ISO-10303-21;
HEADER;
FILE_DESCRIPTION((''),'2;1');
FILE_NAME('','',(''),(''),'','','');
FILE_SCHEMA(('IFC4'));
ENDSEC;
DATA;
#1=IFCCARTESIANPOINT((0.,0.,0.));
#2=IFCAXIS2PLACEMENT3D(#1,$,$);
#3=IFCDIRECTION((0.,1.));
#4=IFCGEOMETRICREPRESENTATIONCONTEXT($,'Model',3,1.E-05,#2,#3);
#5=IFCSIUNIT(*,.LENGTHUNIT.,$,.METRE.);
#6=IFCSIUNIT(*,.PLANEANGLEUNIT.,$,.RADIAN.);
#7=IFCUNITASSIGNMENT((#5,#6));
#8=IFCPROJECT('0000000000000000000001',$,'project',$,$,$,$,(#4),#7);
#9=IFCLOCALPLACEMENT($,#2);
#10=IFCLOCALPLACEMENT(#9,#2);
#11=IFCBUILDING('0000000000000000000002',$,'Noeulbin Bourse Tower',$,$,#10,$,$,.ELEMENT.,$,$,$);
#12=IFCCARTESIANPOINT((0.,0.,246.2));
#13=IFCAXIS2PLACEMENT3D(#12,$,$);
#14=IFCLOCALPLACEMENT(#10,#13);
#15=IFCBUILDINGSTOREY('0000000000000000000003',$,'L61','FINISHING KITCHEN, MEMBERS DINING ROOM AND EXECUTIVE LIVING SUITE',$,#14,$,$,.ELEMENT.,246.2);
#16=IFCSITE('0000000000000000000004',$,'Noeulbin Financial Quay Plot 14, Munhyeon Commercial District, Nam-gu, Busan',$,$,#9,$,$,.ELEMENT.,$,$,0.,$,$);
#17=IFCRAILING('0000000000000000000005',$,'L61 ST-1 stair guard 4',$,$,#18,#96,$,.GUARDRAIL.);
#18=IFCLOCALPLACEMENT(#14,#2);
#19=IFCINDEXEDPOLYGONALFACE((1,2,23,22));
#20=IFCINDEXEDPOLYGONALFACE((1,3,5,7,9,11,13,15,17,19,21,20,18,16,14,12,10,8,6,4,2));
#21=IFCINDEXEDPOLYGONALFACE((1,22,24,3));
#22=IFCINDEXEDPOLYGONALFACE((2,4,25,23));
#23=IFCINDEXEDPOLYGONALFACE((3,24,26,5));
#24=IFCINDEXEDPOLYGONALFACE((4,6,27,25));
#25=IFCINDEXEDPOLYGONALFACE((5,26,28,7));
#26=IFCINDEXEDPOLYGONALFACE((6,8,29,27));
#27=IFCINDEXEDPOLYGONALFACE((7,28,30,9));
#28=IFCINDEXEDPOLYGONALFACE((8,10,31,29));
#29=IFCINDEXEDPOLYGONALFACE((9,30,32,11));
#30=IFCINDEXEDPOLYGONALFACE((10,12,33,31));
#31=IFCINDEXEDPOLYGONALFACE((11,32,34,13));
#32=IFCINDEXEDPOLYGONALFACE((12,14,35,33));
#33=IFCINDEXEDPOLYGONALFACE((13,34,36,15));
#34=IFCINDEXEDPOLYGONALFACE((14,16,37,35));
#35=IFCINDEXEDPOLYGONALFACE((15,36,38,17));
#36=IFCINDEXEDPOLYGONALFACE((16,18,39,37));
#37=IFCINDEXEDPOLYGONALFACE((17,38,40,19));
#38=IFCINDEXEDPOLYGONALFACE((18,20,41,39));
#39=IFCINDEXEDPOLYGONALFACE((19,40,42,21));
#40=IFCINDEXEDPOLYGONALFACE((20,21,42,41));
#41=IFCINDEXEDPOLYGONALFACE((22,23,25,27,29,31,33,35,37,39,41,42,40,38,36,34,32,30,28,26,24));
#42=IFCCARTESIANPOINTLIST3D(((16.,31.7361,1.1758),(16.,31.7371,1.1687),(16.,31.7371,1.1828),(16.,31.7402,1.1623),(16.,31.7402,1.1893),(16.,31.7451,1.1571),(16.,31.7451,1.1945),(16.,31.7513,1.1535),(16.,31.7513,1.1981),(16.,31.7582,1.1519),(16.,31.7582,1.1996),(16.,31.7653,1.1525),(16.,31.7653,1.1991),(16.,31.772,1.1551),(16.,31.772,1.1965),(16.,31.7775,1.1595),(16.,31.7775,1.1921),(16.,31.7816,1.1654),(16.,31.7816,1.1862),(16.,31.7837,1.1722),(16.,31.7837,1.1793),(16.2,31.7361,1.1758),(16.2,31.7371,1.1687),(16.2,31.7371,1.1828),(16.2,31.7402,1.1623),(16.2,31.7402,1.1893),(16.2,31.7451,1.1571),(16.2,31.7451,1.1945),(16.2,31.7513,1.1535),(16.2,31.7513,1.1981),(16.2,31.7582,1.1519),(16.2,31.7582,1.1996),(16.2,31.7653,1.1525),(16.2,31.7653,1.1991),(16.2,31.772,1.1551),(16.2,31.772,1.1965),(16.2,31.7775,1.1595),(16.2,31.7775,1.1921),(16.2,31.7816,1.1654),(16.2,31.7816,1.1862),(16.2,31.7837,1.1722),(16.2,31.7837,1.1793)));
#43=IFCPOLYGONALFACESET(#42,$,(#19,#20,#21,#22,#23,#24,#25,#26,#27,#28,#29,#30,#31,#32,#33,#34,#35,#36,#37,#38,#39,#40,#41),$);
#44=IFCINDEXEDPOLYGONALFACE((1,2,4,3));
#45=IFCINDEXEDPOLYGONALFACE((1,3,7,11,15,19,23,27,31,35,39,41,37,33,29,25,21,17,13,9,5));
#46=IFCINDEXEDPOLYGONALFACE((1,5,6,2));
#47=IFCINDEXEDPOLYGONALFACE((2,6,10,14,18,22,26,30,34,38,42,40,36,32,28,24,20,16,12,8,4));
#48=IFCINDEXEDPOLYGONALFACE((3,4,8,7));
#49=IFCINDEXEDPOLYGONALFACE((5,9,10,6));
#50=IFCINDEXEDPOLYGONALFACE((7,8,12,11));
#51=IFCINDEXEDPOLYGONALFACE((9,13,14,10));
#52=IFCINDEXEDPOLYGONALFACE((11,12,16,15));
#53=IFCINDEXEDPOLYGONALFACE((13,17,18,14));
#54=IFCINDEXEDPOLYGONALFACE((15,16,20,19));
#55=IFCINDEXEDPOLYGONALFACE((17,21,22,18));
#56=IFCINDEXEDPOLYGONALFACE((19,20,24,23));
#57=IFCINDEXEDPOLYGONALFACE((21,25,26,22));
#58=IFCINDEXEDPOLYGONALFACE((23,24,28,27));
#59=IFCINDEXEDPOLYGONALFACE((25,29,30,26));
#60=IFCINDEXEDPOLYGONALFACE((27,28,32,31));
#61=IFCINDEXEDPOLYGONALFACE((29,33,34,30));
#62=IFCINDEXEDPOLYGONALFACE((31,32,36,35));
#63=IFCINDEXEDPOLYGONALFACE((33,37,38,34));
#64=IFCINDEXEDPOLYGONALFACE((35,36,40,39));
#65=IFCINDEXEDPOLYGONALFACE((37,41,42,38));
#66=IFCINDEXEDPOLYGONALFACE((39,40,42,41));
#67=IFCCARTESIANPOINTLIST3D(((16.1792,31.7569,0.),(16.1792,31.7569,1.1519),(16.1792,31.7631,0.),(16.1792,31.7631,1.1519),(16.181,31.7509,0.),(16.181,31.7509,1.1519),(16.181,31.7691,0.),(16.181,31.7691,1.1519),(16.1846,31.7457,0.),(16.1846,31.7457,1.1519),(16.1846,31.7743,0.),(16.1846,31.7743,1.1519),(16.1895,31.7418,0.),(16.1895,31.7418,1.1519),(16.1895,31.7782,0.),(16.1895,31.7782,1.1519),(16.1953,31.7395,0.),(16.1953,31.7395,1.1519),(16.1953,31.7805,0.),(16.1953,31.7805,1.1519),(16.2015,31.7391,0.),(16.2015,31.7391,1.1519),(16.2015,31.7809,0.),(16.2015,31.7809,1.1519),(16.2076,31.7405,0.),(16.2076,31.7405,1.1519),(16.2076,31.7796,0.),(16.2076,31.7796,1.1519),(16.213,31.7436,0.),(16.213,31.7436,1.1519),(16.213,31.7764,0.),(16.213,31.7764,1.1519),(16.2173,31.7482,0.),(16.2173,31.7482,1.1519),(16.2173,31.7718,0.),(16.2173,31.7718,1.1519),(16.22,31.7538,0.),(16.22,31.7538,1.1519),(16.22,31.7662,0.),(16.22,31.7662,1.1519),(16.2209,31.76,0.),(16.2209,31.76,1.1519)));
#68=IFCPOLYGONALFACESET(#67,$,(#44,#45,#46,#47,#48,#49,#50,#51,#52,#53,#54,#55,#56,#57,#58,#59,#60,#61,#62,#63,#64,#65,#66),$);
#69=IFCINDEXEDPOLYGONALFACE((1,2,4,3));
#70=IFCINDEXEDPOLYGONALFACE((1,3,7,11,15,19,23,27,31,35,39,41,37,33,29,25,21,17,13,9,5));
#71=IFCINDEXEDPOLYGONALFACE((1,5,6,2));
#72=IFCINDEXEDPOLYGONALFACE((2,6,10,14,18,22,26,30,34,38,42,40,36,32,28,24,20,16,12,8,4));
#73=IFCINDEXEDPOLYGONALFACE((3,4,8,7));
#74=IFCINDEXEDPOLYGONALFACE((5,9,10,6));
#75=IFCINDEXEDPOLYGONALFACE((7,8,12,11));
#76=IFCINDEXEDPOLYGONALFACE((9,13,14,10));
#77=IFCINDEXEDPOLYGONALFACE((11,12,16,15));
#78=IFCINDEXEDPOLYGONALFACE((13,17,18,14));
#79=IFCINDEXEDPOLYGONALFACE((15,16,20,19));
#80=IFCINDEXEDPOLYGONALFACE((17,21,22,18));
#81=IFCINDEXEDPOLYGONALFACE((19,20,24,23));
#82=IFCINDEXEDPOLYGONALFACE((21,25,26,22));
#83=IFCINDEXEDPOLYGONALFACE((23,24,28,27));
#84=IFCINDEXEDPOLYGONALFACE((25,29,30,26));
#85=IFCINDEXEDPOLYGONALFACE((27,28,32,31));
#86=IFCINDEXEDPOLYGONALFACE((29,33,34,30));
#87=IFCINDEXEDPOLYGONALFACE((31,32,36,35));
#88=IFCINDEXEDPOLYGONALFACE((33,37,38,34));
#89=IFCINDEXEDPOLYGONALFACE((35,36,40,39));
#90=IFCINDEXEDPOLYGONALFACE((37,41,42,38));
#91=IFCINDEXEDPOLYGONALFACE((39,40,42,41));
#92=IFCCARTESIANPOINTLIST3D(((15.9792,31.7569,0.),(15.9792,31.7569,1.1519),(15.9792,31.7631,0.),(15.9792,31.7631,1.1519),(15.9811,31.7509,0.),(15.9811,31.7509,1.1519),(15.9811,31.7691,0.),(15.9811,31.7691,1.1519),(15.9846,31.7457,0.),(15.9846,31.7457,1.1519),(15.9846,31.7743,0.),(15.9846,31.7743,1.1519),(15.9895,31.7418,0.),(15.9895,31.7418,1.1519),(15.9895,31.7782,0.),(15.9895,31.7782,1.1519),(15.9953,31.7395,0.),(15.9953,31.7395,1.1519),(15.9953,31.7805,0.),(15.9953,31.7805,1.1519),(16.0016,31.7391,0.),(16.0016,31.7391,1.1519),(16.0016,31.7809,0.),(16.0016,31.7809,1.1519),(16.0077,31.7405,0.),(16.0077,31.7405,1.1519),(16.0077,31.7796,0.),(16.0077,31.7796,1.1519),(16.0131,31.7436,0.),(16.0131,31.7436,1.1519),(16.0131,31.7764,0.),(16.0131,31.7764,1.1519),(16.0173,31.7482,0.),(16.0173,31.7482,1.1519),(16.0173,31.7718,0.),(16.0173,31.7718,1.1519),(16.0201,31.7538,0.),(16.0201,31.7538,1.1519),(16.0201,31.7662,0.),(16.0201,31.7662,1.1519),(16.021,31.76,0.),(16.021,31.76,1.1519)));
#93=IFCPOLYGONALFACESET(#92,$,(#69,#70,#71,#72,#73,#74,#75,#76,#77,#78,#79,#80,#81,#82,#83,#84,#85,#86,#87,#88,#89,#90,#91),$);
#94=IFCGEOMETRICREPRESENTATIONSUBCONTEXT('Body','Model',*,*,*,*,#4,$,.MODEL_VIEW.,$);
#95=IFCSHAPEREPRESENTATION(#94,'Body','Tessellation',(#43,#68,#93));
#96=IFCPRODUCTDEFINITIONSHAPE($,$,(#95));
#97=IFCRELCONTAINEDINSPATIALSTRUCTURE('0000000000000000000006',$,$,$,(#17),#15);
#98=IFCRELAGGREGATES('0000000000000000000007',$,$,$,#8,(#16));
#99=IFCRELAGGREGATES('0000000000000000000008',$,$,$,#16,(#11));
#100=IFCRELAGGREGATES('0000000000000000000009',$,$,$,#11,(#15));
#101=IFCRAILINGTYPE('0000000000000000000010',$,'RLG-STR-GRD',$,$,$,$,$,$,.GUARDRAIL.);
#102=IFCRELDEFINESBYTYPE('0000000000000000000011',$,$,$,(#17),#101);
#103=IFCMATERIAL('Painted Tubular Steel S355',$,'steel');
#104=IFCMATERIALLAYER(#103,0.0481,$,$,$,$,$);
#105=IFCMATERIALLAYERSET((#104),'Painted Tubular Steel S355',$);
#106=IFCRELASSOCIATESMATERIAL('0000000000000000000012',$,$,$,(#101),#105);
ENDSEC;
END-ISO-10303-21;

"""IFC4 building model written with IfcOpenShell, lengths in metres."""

from ifc_helpers import new_model, si_unit, direction, frame, origin, origin_2d, place, context, subcontext, project, spatial, circle, extrude, material, layer, layer_set, type_object, element, save


model = new_model("IFC4")

# Units and contexts
model_context = context("Model", 3, precision=1e-05, world=origin(), true_north=direction((0.0, 1.0)))
body_context = subcontext(model_context, "Body", "Model", "MODEL_VIEW")
ifc_project = project(units=[si_unit("LENGTHUNIT", "METRE"), si_unit("PLANEANGLEUNIT", "RADIAN")], contexts=[model_context])

# Site, building, storey
site_placement = place(None, origin())
site = spatial("IfcSite", under=ifc_project, at=site_placement, Name="Noeulbin Financial Quay Plot 14, Munhyeon Commercial District, Nam-gu, Busan", CompositionType="ELEMENT", RefElevation=0.0)
building_placement = place(site_placement, origin())
building = spatial("IfcBuilding", under=site, at=building_placement, Name="Noeulbin Bourse Tower", CompositionType="ELEMENT")
storey_placement = place(building_placement, frame((0.0, 0.0, 246.2)))
storey = spatial("IfcBuildingStorey", under=building, at=storey_placement, Name="L61", Description="FINISHING KITCHEN, MEMBERS DINING ROOM AND EXECUTIVE LIVING SUITE", CompositionType="ELEMENT", Elevation=246.2)

# Railing
ifc_material_1 = material(Name="Painted Tubular Steel S355", Category="steel")
ifc_layer_1 = layer(ifc_material_1, 0.0481)
ifc_layer_set_1 = layer_set([ifc_layer_1], Name="Painted Tubular Steel S355")
railing_type_1 = type_object("IfcRailingType", Name="RLG-STR-GRD", PredefinedType="GUARDRAIL", material=ifc_layer_set_1)
railing_1_placement = place(storey_placement, frame((16.2, 31.76, 0.0)))
element("IfcRailing", 1, at=railing_1_placement, inside=storey, type_object=railing_type_1, Name="L61 ST-1 stair guard 4", PredefinedType="GUARDRAIL", context=body_context, shape_type="SweptSolid", body=[
    extrude(circle(Radius=0.0239, at=origin_2d()), frame((0.0, 0.0, 1.1758), z_axis=(-1.0, 0.0, 0.0), x_axis=(0.0, -1.0, 0.0)), (0.0, 0.0, 1.0), 0.2),
    extrude(circle(Radius=0.021, at=origin_2d()), origin(), (0.0, 0.0, 1.0), 1.1519),
    extrude(circle(Radius=0.021, at=origin_2d()), frame((-0.2, 0.0, 0.0)), (0.0, 0.0, 1.0), 1.1519),
])

save(model, "model.ifc")
